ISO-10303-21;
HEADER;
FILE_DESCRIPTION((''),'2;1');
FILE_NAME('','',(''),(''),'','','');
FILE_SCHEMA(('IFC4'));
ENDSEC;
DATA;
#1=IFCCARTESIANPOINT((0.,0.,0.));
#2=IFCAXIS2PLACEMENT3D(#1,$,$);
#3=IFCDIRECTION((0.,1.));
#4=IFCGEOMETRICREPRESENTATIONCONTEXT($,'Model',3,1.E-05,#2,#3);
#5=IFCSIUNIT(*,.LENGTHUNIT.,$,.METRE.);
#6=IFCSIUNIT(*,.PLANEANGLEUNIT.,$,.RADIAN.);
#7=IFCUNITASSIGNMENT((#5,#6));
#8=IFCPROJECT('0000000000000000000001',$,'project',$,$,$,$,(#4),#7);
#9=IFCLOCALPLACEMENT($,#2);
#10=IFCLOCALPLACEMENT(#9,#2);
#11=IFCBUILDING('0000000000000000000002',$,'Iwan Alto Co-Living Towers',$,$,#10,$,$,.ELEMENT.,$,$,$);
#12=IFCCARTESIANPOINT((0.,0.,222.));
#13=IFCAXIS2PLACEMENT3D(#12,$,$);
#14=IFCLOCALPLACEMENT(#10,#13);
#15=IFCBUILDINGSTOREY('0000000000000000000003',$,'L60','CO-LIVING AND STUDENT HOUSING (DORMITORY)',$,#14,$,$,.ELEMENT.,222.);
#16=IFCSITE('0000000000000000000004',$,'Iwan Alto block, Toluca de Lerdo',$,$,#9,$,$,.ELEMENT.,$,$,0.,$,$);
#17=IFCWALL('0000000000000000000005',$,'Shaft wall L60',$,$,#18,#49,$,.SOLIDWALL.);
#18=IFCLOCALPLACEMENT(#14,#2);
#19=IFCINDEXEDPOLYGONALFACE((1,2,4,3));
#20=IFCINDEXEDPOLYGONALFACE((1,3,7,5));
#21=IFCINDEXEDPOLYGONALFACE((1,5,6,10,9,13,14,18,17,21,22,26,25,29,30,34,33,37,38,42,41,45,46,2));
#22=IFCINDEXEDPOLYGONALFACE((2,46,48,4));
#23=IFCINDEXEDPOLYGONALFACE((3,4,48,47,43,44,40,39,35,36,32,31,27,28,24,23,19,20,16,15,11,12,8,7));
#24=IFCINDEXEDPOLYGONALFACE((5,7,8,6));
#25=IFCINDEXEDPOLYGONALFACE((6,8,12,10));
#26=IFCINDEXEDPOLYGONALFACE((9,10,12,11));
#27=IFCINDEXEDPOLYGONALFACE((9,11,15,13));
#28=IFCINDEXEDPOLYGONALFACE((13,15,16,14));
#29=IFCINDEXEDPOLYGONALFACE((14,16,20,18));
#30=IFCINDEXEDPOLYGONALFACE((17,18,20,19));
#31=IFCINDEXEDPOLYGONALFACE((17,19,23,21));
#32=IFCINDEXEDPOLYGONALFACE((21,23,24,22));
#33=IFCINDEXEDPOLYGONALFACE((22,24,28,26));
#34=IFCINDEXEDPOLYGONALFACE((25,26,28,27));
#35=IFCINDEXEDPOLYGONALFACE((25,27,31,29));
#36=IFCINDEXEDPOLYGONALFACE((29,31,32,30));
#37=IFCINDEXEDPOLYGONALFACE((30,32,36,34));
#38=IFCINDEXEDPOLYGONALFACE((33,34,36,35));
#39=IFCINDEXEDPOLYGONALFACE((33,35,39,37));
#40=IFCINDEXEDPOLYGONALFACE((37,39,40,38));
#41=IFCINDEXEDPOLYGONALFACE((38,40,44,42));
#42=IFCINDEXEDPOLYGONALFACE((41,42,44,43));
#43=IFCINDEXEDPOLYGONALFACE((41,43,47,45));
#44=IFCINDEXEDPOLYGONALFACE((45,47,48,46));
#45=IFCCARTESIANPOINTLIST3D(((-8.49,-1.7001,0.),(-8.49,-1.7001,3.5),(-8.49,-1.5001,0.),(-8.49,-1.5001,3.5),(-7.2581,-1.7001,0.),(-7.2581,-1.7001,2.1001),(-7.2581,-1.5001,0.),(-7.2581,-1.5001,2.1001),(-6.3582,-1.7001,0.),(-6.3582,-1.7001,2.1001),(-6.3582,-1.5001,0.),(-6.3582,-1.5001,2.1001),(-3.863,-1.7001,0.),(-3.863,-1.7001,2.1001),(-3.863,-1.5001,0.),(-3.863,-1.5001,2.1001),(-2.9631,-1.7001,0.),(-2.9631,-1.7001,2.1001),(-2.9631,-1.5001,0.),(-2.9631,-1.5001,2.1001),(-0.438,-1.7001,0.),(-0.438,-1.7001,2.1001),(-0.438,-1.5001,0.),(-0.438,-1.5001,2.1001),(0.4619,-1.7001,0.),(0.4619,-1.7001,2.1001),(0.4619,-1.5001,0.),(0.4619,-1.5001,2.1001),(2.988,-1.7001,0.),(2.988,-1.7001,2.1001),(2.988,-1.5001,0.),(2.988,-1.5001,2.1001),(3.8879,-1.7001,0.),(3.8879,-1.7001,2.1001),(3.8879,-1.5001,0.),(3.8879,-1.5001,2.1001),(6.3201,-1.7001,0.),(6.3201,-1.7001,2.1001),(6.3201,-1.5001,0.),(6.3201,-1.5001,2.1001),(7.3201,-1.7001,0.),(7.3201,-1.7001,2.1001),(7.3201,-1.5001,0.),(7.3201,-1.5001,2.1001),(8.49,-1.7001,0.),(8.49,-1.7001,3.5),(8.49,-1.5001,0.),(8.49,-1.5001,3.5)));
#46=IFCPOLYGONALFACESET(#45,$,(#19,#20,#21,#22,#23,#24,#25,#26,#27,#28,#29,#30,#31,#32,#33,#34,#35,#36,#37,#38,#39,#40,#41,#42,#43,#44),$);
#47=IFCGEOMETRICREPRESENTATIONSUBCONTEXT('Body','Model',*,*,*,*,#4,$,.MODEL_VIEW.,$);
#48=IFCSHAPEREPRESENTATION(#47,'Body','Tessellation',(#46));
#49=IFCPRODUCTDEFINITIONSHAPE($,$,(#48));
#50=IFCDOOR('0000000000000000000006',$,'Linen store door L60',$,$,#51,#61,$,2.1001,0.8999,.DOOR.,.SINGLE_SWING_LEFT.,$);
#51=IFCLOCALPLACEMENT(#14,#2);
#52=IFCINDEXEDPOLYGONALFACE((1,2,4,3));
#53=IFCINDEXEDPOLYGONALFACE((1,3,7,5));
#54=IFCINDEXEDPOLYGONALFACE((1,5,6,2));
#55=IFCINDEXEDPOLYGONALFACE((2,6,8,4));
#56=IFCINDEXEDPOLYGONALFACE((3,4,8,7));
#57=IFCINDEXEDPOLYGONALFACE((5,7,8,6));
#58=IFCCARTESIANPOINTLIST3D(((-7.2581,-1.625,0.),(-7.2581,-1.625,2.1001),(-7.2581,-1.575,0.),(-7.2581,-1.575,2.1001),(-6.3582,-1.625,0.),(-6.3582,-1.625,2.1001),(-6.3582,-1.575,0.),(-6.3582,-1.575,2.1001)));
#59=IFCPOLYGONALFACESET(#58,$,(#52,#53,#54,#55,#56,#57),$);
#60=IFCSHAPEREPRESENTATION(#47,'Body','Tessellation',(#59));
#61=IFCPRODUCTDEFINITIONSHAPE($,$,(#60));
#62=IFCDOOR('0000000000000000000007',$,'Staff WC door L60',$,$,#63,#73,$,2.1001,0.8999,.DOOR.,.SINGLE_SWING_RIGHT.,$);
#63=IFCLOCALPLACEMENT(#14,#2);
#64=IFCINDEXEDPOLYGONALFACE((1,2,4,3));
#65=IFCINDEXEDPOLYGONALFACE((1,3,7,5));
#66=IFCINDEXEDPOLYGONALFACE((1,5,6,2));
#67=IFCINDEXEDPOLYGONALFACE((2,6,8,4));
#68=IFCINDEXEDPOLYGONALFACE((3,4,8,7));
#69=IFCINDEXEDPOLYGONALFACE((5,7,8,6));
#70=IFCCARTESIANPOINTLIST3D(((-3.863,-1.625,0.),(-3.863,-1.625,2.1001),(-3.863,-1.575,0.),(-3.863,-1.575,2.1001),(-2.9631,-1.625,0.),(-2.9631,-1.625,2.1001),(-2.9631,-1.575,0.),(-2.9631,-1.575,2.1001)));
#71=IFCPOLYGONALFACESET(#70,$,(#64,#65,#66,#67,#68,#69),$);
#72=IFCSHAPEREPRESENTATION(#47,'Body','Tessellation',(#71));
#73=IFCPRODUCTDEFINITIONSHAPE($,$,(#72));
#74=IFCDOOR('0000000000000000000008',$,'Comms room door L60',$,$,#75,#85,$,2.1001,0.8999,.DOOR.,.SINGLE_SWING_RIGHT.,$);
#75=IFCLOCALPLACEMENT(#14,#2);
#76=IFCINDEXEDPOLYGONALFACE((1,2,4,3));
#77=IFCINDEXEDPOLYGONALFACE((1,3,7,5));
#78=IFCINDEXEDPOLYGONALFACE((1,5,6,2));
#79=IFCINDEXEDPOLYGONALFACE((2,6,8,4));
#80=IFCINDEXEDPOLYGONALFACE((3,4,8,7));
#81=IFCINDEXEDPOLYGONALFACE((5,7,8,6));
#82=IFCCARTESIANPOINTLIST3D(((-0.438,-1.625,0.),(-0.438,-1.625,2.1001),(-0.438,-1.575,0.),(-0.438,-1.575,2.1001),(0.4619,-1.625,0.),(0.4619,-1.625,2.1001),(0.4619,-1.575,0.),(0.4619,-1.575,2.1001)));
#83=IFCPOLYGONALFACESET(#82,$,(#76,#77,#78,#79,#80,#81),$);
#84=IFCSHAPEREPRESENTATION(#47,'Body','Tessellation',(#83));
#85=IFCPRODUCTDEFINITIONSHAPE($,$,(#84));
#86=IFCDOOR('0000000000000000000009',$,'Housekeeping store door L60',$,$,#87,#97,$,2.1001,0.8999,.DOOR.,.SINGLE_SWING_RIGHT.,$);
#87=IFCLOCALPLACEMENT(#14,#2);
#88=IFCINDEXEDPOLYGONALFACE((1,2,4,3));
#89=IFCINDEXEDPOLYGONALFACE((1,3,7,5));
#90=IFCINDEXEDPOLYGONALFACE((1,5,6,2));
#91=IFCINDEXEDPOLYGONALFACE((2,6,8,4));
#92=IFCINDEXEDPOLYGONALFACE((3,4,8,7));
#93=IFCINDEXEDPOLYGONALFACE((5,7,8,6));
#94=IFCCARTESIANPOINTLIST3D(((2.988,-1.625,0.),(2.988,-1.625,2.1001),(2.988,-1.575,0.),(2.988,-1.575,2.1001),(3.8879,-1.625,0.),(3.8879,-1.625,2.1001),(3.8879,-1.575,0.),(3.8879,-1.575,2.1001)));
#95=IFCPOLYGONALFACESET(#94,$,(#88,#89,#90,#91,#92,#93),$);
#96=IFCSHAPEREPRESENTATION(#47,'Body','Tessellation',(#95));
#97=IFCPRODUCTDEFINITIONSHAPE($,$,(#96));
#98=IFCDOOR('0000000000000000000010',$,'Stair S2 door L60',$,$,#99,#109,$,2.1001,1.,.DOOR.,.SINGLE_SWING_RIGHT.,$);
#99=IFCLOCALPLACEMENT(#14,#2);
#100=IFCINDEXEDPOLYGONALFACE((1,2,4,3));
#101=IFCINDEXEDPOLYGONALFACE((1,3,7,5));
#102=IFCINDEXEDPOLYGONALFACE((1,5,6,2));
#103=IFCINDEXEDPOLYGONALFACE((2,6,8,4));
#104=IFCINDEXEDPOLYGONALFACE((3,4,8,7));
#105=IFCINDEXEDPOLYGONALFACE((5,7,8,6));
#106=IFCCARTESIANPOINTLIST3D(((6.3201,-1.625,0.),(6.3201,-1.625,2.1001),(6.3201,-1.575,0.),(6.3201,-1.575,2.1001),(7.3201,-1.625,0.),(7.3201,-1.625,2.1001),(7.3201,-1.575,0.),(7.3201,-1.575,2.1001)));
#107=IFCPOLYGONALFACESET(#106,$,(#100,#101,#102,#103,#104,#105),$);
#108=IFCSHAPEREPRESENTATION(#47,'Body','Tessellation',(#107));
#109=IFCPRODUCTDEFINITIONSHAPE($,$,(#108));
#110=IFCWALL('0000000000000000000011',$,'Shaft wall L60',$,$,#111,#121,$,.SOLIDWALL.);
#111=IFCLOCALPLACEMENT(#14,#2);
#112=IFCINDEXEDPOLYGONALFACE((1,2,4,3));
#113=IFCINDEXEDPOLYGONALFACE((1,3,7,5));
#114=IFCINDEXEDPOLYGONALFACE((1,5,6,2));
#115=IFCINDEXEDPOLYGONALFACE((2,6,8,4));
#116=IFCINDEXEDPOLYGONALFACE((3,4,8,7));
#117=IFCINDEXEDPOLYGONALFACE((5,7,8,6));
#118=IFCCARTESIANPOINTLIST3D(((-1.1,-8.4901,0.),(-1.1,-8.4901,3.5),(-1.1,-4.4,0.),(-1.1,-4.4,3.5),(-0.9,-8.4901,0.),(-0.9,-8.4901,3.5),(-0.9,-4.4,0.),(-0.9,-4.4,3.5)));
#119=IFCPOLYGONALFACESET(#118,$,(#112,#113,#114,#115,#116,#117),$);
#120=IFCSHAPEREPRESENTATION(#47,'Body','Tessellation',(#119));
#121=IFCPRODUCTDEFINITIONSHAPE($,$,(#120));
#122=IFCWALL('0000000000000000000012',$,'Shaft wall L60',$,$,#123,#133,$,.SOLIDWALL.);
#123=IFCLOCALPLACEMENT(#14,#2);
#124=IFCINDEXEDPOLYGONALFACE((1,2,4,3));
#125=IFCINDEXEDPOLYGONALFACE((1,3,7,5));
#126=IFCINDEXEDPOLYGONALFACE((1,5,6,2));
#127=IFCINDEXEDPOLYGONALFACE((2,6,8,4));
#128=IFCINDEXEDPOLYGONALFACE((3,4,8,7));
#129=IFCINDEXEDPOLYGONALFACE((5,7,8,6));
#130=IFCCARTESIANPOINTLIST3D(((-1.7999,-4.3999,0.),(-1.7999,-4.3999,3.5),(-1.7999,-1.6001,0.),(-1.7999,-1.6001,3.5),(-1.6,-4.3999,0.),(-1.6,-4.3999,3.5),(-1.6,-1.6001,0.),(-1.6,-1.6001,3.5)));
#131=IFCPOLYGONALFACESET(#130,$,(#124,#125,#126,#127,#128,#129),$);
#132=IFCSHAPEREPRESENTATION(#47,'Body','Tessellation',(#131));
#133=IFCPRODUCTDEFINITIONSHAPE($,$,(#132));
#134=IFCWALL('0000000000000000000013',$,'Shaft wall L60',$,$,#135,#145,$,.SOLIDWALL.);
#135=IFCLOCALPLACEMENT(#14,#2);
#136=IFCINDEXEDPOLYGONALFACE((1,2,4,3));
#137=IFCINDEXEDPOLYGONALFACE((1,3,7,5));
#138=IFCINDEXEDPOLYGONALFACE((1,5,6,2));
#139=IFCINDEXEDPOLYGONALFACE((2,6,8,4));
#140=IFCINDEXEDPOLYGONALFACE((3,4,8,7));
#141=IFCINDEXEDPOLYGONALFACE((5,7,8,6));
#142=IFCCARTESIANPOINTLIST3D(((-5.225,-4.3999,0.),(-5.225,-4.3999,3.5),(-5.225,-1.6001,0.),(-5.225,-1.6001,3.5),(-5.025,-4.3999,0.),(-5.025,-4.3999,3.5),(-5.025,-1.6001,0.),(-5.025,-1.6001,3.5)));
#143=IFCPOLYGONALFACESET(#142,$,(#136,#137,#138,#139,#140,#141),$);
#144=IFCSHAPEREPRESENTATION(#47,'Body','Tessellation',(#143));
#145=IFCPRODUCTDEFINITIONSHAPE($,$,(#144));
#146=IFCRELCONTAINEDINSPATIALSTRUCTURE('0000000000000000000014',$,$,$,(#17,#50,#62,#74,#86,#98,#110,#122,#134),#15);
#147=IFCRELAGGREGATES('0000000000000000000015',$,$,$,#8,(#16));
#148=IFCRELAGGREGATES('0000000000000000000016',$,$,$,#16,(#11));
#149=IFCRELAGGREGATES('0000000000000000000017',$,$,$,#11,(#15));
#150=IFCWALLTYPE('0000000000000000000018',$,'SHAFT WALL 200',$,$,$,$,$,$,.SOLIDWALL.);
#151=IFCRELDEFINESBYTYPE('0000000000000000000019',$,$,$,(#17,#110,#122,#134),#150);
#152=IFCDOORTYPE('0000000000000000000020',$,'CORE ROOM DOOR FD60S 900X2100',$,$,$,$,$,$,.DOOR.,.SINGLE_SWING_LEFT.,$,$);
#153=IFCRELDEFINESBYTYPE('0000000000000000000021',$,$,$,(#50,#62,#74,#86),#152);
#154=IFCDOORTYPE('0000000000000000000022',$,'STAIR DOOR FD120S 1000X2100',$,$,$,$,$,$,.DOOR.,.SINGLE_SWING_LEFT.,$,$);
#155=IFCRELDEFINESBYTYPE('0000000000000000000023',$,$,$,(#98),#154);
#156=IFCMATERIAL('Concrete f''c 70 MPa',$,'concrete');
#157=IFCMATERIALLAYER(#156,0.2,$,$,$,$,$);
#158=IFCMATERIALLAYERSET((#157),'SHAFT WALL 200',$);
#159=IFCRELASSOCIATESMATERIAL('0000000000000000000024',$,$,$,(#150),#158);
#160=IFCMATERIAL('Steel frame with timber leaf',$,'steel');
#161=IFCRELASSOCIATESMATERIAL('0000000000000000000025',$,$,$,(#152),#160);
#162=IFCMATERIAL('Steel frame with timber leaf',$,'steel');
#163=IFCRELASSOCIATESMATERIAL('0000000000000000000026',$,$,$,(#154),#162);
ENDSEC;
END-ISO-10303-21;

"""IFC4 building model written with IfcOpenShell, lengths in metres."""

from ifc_helpers import new_model, si_unit, direction, frame, frame_2d, origin, place, context, subcontext, project, spatial, rectangle, extrude, material, layer, layer_set, type_object, element, fill, save


model = new_model("IFC4")

# Units and contexts
model_context = context("Model", 3, precision=1e-05, world=origin(), true_north=direction((0.0, 1.0)))
body_context = subcontext(model_context, "Body", "Model", "MODEL_VIEW")
ifc_project = project(units=[si_unit("LENGTHUNIT", "METRE"), si_unit("PLANEANGLEUNIT", "RADIAN")], contexts=[model_context])

# Site, building, storey
site_placement = place(None, origin())
site = spatial("IfcSite", under=ifc_project, at=site_placement, Name="Iwan Alto block, Toluca de Lerdo", CompositionType="ELEMENT", RefElevation=0.0)
building_placement = place(site_placement, origin())
building = spatial("IfcBuilding", under=site, at=building_placement, Name="Iwan Alto Co-Living Towers", CompositionType="ELEMENT")
storey_placement = place(building_placement, frame((0.0, 0.0, 222.0)))
storey = spatial("IfcBuildingStorey", under=building, at=storey_placement, Name="L60", Description="CO-LIVING AND STUDENT HOUSING (DORMITORY)", CompositionType="ELEMENT", Elevation=222.0)

# Shared definitions
ifc_material_1 = material(Name="Concrete f'c 70 MPa", Category="concrete")
ifc_layer_1 = layer(ifc_material_1, 0.2)
ifc_layer_set_1 = layer_set([ifc_layer_1], Name="SHAFT WALL 200")
wall_type_1 = type_object("IfcWallType", Name="SHAFT WALL 200", PredefinedType="SOLIDWALL", material=ifc_layer_set_1)

# Wall, openings, doors
wall_1_placement = place(storey_placement, frame((-8.49, -1.6001, 0.0), z_axis=(0.0, 0.0, 1.0), x_axis=(1.0, 0.0, 0.0)))
wall_1 = element("IfcWall", 1, at=wall_1_placement, inside=storey, type_object=wall_type_1, Name="Shaft wall L60", PredefinedType="SOLIDWALL", context=body_context, shape_type="SweptSolid", body=[
    extrude(rectangle(XDim=16.98, YDim=0.2, at=frame_2d((8.49, 0.0))), origin(), (0.0, 0.0, 1.0), 3.5),
])
opening_1_placement = place(wall_1_placement, frame((14.8101, 0.0, 0.0)))
opening_1 = element("IfcOpeningElement", 2, at=opening_1_placement, cuts=wall_1, PredefinedType="OPENING", context=body_context, shape_type="SweptSolid", body=[
    extrude(rectangle(XDim=1.0, YDim=2.1001, at=frame_2d((0.5, 1.05))), frame((0.0, 0.1099, 0.0), z_axis=(0.0, -1.0, 0.0), x_axis=(1.0, 0.0, 0.0)), (0.0, 0.0, 1.0), 0.22),
])
opening_2_placement = place(wall_1_placement, frame((1.2319, 0.0, 0.0)))
opening_2 = element("IfcOpeningElement", 3, at=opening_2_placement, cuts=wall_1, PredefinedType="OPENING", context=body_context, shape_type="SweptSolid", body=[
    extrude(rectangle(XDim=0.8999, YDim=2.1001, at=frame_2d((0.45, 1.05))), frame((0.0, 0.1099, 0.0), z_axis=(0.0, -1.0, 0.0), x_axis=(1.0, 0.0, 0.0)), (0.0, 0.0, 1.0), 0.22),
])
opening_3_placement = place(wall_1_placement, frame((4.627, 0.0, 0.0)))
opening_3 = element("IfcOpeningElement", 4, at=opening_3_placement, cuts=wall_1, PredefinedType="OPENING", context=body_context, shape_type="SweptSolid", body=[
    extrude(rectangle(XDim=0.8999, YDim=2.1001, at=frame_2d((0.45, 1.05))), frame((0.0, 0.1099, 0.0), z_axis=(0.0, -1.0, 0.0), x_axis=(1.0, 0.0, 0.0)), (0.0, 0.0, 1.0), 0.22),
])
opening_4_placement = place(wall_1_placement, frame((8.052, 0.0, 0.0)))
opening_4 = element("IfcOpeningElement", 5, at=opening_4_placement, cuts=wall_1, PredefinedType="OPENING", context=body_context, shape_type="SweptSolid", body=[
    extrude(rectangle(XDim=0.8999, YDim=2.1001, at=frame_2d((0.45, 1.05))), frame((0.0, 0.1099, 0.0), z_axis=(0.0, -1.0, 0.0), x_axis=(1.0, 0.0, 0.0)), (0.0, 0.0, 1.0), 0.22),
])
opening_5_placement = place(wall_1_placement, frame((11.478, 0.0, 0.0)))
opening_5 = element("IfcOpeningElement", 6, at=opening_5_placement, cuts=wall_1, PredefinedType="OPENING", context=body_context, shape_type="SweptSolid", body=[
    extrude(rectangle(XDim=0.8999, YDim=2.1001, at=frame_2d((0.45, 1.05))), frame((0.0, 0.1099, 0.0), z_axis=(0.0, -1.0, 0.0), x_axis=(1.0, 0.0, 0.0)), (0.0, 0.0, 1.0), 0.22),
])
ifc_material_2 = material(Name="Steel frame with timber leaf", Category="steel")
door_type_1 = type_object("IfcDoorType", Name="CORE ROOM DOOR FD60S 900X2100", OperationType="SINGLE_SWING_LEFT", PredefinedType="DOOR", material=ifc_material_2)
door_1_placement = place(opening_2_placement, frame((0.8999, 0.0, 0.0), z_axis=(0.0, 0.0, 1.0), x_axis=(-1.0, 0.0, 0.0)))
door_1 = element("IfcDoor", 7, at=door_1_placement, inside=storey, type_object=door_type_1, Name="Linen store door L60", OperationType="SINGLE_SWING_LEFT", OverallHeight=2.1001, OverallWidth=0.8999, PredefinedType="DOOR", context=body_context, shape_type="SweptSolid", body=[
    extrude(rectangle(XDim=0.8999, YDim=2.1001, at=frame_2d((0.45, 1.05))), frame((0.0, 0.0249, 0.0), z_axis=(0.0, -1.0, 0.0), x_axis=(1.0, 0.0, 0.0)), (0.0, 0.0, 1.0), 0.05),
])
fill(opening_2, door_1)
door_2_placement = place(opening_3_placement, frame((0.8999, 0.0, 0.0), z_axis=(0.0, 0.0, 1.0), x_axis=(-1.0, 0.0, 0.0)))
door_2 = element("IfcDoor", 8, at=door_2_placement, inside=storey, type_object=door_type_1, Name="Staff WC door L60", OperationType="SINGLE_SWING_RIGHT", OverallHeight=2.1001, OverallWidth=0.8999, PredefinedType="DOOR", context=body_context, shape_type="SweptSolid", body=[
    extrude(rectangle(XDim=0.8999, YDim=2.1001, at=frame_2d((0.45, 1.05))), frame((0.0, 0.0249, 0.0), z_axis=(0.0, -1.0, 0.0), x_axis=(1.0, 0.0, 0.0)), (0.0, 0.0, 1.0), 0.05),
])
fill(opening_3, door_2)
door_3_placement = place(opening_4_placement, frame((0.8999, 0.0, 0.0), z_axis=(0.0, 0.0, 1.0), x_axis=(-1.0, 0.0, 0.0)))
door_3 = element("IfcDoor", 9, at=door_3_placement, inside=storey, type_object=door_type_1, Name="Comms room door L60", OperationType="SINGLE_SWING_RIGHT", OverallHeight=2.1001, OverallWidth=0.8999, PredefinedType="DOOR", context=body_context, shape_type="SweptSolid", body=[
    extrude(rectangle(XDim=0.8999, YDim=2.1001, at=frame_2d((0.45, 1.05))), frame((0.0, 0.0249, 0.0), z_axis=(0.0, -1.0, 0.0), x_axis=(1.0, 0.0, 0.0)), (0.0, 0.0, 1.0), 0.05),
])
fill(opening_4, door_3)
door_4_placement = place(opening_5_placement, frame((0.8999, 0.0, 0.0), z_axis=(0.0, 0.0, 1.0), x_axis=(-1.0, 0.0, 0.0)))
door_4 = element("IfcDoor", 10, at=door_4_placement, inside=storey, type_object=door_type_1, Name="Housekeeping store door L60", OperationType="SINGLE_SWING_RIGHT", OverallHeight=2.1001, OverallWidth=0.8999, PredefinedType="DOOR", context=body_context, shape_type="SweptSolid", body=[
    extrude(rectangle(XDim=0.8999, YDim=2.1001, at=frame_2d((0.45, 1.05))), frame((0.0, 0.0249, 0.0), z_axis=(0.0, -1.0, 0.0), x_axis=(1.0, 0.0, 0.0)), (0.0, 0.0, 1.0), 0.05),
])
fill(opening_5, door_4)
ifc_material_3 = material(Name="Steel frame with timber leaf", Category="steel")
door_type_2 = type_object("IfcDoorType", Name="STAIR DOOR FD120S 1000X2100", OperationType="SINGLE_SWING_LEFT", PredefinedType="DOOR", material=ifc_material_3)
door_5_placement = place(opening_1_placement, frame((1.0, 0.0, 0.0), z_axis=(0.0, 0.0, 1.0), x_axis=(-1.0, 0.0, 0.0)))
door_5 = element("IfcDoor", 11, at=door_5_placement, inside=storey, type_object=door_type_2, Name="Stair S2 door L60", OperationType="SINGLE_SWING_RIGHT", OverallHeight=2.1001, OverallWidth=1.0, PredefinedType="DOOR", context=body_context, shape_type="SweptSolid", body=[
    extrude(rectangle(XDim=1.0, YDim=2.1001, at=frame_2d((0.5, 1.05))), frame((0.0, 0.0249, 0.0), z_axis=(0.0, -1.0, 0.0), x_axis=(1.0, 0.0, 0.0)), (0.0, 0.0, 1.0), 0.05),
])
fill(opening_1, door_5)

# Walls
wall_2_placement = place(storey_placement, frame((-1.0, -8.49, 0.0), z_axis=(0.0, 0.0, 1.0), x_axis=(0.0, 1.0, 0.0)))
element("IfcWall", 12, at=wall_2_placement, inside=storey, type_object=wall_type_1, Name="Shaft wall L60", PredefinedType="SOLIDWALL", context=body_context, shape_type="SweptSolid", body=[
    extrude(rectangle(XDim=4.0901, YDim=0.2, at=frame_2d((2.0449, 0.0))), origin(), (0.0, 0.0, 1.0), 3.5),
])
for number, where, z_axis, x_axis, name in (
    (13, (-1.7, -4.3999, 0.0), (0.0, 0.0, 1.0), (0.0, 1.0, 0.0), "Shaft wall L60"),
    (14, (-5.125, -4.3999, 0.0), (0.0, 0.0, 1.0), (0.0, 1.0, 0.0), "Shaft wall L60"),
):
    element("IfcWall", number, at=place(storey_placement, frame(where, z_axis=z_axis, x_axis=x_axis)), inside=storey, type_object=wall_type_1, Name=name, PredefinedType="SOLIDWALL", context=body_context, shape_type="SweptSolid", body=[
        extrude(rectangle(XDim=2.7998, YDim=0.2, at=frame_2d((1.3999, 0.0))), origin(), (0.0, 0.0, 1.0), 3.5),
    ])

save(model, "model.ifc")
